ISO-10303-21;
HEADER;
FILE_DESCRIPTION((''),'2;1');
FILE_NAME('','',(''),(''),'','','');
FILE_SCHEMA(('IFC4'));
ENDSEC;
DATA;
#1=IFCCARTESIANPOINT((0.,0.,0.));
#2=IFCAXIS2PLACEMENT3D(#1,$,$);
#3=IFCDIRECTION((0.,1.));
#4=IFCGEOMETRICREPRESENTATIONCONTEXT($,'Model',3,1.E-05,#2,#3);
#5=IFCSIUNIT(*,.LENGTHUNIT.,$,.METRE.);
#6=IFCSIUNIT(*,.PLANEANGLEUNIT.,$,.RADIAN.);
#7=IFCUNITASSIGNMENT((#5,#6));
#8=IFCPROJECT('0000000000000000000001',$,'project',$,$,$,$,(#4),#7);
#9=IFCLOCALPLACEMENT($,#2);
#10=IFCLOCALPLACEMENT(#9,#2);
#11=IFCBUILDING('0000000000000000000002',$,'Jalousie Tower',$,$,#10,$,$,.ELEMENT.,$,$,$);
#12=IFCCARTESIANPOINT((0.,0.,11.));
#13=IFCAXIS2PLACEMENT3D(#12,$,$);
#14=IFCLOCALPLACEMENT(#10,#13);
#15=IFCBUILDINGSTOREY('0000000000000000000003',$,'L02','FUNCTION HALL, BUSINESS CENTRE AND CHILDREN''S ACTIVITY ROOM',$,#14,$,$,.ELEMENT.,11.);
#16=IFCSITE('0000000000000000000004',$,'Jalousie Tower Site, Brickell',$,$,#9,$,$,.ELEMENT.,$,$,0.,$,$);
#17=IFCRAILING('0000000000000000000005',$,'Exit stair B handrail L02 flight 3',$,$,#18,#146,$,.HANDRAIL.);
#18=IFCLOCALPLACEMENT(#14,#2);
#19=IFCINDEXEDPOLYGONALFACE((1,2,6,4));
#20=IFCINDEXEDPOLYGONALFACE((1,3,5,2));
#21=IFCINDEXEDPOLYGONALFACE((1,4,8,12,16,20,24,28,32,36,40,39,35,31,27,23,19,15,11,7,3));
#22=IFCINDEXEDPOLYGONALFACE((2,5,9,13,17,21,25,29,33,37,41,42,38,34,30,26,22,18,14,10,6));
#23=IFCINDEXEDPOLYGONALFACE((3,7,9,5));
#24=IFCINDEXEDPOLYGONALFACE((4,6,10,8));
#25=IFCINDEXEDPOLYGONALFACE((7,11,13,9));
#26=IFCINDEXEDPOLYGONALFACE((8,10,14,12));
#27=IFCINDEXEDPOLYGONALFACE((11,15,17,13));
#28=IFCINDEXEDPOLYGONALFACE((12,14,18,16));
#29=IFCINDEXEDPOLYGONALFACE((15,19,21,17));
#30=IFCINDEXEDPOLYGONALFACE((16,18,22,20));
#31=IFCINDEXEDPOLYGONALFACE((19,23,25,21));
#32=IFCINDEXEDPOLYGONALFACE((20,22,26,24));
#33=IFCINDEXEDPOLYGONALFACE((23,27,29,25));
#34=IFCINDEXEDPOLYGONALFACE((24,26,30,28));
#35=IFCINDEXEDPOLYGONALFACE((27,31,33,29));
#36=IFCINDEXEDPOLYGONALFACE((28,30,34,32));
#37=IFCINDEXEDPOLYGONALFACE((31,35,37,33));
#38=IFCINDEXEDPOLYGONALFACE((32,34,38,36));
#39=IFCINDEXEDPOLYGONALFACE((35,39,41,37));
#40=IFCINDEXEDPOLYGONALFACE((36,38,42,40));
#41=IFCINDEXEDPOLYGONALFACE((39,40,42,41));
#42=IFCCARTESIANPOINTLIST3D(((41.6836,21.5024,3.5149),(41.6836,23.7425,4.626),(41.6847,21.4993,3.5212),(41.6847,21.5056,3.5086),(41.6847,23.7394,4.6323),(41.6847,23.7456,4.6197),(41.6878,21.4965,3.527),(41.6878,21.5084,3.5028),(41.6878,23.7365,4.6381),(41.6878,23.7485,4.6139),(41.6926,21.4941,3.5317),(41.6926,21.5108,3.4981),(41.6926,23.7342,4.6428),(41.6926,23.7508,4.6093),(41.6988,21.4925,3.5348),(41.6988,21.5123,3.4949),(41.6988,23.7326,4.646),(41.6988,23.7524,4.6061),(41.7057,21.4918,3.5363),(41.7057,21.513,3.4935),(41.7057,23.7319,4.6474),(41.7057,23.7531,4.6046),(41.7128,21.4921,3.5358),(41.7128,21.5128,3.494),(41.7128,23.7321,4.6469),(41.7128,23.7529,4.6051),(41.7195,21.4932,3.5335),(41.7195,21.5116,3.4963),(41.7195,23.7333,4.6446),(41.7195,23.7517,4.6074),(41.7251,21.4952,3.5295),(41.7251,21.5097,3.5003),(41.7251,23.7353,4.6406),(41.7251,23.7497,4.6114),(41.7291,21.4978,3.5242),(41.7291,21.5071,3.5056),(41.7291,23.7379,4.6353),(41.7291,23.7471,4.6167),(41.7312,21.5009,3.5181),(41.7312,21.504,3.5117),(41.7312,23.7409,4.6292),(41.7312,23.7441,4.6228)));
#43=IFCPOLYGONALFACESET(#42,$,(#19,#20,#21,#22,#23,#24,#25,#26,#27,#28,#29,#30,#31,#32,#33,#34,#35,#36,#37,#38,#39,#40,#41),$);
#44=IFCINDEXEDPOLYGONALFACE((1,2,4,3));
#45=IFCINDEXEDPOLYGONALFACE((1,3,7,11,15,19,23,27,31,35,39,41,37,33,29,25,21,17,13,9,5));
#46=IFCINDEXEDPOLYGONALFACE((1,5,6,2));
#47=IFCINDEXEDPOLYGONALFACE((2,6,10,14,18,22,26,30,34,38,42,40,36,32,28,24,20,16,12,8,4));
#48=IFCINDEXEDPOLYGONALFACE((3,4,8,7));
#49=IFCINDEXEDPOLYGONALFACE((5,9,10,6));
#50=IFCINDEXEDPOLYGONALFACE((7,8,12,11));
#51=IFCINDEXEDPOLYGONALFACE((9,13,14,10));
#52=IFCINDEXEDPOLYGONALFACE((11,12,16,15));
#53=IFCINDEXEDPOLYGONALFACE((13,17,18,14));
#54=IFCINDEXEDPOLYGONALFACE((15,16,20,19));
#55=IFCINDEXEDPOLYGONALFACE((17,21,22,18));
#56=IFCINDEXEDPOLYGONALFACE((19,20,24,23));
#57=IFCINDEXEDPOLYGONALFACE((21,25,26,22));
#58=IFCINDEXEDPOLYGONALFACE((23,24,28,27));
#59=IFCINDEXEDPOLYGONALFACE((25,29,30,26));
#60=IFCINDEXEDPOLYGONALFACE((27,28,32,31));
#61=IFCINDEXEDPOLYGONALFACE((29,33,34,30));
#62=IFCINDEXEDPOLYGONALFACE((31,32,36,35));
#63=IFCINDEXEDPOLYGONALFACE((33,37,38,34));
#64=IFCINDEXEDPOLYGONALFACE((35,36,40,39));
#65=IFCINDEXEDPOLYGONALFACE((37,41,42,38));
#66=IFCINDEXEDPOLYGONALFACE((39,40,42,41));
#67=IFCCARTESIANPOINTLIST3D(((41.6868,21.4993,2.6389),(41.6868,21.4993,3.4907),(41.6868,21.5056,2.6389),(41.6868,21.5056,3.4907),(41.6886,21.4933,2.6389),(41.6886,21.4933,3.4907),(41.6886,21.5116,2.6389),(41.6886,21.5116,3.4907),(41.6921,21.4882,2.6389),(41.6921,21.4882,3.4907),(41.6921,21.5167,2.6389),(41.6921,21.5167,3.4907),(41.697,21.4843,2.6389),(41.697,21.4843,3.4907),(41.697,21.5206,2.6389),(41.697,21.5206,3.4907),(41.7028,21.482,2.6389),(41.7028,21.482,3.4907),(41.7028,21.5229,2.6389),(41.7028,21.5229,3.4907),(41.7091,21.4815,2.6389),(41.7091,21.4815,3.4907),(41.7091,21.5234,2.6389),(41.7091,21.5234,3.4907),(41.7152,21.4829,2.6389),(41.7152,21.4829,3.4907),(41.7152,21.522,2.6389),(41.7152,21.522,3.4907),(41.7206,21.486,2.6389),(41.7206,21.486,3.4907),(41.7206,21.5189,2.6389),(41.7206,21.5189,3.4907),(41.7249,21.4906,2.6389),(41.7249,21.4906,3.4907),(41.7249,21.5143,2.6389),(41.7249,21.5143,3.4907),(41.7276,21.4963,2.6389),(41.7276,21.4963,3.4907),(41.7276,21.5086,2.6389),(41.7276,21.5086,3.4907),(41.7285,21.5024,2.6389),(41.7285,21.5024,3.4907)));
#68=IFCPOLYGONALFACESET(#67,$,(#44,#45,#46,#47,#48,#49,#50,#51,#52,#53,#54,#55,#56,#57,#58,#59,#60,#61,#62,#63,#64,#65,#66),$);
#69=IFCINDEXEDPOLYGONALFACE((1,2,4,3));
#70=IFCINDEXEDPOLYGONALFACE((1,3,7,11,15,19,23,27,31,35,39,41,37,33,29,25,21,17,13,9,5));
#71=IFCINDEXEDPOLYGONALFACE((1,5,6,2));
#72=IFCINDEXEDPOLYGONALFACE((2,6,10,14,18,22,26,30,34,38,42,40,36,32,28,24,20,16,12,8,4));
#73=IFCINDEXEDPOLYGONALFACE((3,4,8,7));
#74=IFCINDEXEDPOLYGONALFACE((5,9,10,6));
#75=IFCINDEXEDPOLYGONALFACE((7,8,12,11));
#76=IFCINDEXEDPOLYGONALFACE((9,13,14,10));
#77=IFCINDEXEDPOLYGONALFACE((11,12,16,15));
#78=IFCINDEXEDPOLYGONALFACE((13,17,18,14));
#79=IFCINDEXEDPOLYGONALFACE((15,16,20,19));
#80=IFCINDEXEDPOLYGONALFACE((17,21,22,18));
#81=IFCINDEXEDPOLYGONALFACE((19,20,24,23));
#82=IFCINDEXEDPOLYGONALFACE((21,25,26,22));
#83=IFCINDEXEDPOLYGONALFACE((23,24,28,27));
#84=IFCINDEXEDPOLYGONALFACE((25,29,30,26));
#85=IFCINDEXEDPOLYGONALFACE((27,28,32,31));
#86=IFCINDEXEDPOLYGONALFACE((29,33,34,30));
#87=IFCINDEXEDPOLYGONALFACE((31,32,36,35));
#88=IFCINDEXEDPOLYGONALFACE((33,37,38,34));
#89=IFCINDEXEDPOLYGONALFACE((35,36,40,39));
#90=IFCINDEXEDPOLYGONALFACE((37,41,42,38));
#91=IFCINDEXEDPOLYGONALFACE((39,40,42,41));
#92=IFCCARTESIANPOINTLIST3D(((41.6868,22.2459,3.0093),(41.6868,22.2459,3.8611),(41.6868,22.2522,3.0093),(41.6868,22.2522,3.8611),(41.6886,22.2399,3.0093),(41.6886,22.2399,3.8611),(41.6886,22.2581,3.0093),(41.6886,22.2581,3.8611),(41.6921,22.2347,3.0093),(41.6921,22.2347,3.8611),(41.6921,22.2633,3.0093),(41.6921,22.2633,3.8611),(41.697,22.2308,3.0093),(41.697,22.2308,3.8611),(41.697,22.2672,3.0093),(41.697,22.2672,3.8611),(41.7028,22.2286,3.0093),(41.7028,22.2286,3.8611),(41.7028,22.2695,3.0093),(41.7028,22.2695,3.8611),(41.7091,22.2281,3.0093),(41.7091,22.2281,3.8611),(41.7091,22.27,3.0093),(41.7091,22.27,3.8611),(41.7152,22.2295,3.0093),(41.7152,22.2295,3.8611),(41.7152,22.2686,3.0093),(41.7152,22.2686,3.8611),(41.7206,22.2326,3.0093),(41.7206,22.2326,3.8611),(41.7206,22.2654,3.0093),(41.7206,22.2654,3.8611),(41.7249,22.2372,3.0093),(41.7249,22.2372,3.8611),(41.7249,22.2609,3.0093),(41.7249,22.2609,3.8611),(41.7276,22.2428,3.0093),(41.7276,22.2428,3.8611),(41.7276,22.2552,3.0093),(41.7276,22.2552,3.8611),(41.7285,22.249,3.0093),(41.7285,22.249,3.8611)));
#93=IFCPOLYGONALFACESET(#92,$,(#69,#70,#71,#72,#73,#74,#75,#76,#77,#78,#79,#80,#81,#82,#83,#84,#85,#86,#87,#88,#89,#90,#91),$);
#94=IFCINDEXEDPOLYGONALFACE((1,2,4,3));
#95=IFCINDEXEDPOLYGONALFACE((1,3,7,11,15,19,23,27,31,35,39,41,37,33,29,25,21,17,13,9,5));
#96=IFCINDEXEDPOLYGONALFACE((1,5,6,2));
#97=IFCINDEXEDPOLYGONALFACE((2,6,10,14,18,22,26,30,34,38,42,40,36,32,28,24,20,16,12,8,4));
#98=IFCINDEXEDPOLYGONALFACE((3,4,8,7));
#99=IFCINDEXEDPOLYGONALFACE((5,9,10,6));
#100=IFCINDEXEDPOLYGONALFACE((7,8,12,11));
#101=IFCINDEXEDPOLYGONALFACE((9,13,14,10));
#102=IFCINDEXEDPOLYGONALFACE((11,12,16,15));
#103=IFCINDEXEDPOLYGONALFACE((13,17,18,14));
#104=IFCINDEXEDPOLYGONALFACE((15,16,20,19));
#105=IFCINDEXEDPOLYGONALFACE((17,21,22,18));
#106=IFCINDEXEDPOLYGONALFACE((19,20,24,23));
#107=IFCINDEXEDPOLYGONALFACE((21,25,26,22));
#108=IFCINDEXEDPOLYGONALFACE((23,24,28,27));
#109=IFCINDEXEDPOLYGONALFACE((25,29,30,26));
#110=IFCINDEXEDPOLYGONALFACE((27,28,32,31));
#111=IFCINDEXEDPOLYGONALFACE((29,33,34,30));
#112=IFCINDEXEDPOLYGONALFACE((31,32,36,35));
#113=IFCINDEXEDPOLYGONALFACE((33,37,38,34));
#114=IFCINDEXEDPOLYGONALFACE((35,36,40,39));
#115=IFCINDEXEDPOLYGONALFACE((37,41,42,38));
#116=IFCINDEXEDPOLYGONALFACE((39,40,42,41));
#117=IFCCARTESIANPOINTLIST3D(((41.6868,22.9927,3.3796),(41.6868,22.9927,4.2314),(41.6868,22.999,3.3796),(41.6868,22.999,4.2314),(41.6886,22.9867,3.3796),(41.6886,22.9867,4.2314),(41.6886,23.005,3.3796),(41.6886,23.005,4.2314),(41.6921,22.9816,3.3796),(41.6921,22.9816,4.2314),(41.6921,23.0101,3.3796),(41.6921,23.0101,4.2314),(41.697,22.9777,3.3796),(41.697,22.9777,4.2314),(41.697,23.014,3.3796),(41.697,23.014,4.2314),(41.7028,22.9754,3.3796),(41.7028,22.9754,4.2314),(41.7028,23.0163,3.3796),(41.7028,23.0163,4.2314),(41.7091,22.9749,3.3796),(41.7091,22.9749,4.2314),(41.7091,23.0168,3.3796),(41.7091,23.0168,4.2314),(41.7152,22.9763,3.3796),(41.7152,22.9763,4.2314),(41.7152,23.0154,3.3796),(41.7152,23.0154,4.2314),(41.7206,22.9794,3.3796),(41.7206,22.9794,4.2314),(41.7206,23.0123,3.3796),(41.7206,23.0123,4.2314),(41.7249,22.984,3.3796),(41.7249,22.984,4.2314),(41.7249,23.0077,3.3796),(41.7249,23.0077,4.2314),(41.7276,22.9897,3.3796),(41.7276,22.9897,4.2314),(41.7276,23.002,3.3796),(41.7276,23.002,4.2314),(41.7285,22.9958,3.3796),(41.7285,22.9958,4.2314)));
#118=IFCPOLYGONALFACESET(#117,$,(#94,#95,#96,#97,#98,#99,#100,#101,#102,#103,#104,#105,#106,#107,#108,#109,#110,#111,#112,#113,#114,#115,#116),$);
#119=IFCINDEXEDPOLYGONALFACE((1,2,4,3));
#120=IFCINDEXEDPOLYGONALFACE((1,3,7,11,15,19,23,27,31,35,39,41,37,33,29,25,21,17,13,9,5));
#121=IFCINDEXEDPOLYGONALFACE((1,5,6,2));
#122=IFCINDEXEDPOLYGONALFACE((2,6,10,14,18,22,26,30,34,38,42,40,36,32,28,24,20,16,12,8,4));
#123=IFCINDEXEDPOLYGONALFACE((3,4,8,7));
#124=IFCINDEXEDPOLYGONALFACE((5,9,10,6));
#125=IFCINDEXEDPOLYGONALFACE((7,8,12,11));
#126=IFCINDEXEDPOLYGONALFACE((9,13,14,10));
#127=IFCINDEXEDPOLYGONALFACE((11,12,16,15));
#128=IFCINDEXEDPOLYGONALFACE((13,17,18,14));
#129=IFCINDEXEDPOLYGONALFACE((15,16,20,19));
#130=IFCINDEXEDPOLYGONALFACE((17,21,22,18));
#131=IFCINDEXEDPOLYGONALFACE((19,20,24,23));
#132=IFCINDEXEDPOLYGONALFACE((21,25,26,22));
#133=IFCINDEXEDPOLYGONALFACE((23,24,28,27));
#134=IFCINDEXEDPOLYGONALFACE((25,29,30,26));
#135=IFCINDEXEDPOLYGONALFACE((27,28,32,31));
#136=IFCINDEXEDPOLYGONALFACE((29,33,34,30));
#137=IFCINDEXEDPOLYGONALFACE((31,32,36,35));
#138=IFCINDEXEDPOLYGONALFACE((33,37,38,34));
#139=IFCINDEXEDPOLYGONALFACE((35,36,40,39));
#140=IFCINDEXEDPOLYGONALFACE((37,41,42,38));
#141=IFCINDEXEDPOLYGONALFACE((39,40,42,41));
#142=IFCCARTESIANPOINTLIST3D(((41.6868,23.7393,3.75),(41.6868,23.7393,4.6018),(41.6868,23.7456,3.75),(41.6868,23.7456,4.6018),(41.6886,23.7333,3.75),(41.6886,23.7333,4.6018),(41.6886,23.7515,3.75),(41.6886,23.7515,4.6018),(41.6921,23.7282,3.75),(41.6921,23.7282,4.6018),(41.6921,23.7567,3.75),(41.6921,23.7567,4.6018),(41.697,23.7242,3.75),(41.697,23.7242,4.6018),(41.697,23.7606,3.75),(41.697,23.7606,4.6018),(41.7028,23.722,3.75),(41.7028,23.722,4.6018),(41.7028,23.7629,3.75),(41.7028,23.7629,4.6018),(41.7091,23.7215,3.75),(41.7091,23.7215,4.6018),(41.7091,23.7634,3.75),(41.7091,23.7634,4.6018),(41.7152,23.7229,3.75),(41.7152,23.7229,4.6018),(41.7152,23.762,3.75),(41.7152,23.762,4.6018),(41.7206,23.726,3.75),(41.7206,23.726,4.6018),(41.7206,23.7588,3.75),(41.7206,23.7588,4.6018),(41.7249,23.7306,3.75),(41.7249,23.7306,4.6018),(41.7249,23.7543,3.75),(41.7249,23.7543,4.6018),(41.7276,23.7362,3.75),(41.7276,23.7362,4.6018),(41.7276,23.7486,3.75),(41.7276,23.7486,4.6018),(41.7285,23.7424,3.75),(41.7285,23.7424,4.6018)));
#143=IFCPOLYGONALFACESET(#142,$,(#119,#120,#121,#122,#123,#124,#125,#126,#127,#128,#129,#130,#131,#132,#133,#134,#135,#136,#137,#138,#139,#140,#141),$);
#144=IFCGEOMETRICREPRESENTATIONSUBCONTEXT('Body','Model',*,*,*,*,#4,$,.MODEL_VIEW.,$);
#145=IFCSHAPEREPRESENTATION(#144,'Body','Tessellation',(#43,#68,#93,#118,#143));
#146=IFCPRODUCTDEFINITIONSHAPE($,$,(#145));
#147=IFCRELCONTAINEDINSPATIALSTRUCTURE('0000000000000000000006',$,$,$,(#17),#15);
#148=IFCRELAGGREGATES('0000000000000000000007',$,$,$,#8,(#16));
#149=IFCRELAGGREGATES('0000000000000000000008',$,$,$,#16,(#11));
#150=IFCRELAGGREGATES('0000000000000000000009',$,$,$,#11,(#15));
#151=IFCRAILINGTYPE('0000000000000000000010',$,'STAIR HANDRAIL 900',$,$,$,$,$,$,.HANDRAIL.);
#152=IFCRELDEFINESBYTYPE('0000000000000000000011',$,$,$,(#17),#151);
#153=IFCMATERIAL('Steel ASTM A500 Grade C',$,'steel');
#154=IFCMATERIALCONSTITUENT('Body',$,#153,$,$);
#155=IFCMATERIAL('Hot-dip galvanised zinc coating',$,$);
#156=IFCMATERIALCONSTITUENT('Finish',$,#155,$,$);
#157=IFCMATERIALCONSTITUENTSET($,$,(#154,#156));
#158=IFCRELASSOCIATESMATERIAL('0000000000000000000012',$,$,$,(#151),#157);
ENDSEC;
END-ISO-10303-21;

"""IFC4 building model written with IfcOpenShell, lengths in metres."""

from ifc_helpers import new_model, si_unit, direction, frame, origin, origin_2d, place, context, subcontext, project, spatial, circle, extrude, material, constituent, constituent_set, type_object, element, save


model = new_model("IFC4")

# Units and contexts
model_context = context("Model", 3, precision=1e-05, world=origin(), true_north=direction((0.0, 1.0)))
body_context = subcontext(model_context, "Body", "Model", "MODEL_VIEW")
ifc_project = project(units=[si_unit("LENGTHUNIT", "METRE"), si_unit("PLANEANGLEUNIT", "RADIAN")], contexts=[model_context])

# Site, building, storey
site_placement = place(None, origin())
site = spatial("IfcSite", under=ifc_project, at=site_placement, Name="Jalousie Tower Site, Brickell", CompositionType="ELEMENT", RefElevation=0.0)
building_placement = place(site_placement, origin())
building = spatial("IfcBuilding", under=site, at=building_placement, Name="Jalousie Tower", CompositionType="ELEMENT")
storey_placement = place(building_placement, frame((0.0, 0.0, 11.0)))
storey = spatial("IfcBuildingStorey", under=building, at=storey_placement, Name="L02", Description="FUNCTION HALL, BUSINESS CENTRE AND CHILDREN'S ACTIVITY ROOM", CompositionType="ELEMENT", Elevation=11.0)

# Railing
ifc_material_1 = material(Name="Steel ASTM A500 Grade C", Category="steel")
ifc_constituent_1 = constituent(ifc_material_1, Name="Body")
ifc_material_2 = material(Name="Hot-dip galvanised zinc coating")
ifc_constituent_2 = constituent(ifc_material_2, Name="Finish")
ifc_constituent_set_1 = constituent_set(constituents=[ifc_constituent_1, ifc_constituent_2])
railing_type_1 = type_object("IfcRailingType", Name="STAIR HANDRAIL 900", PredefinedType="HANDRAIL", material=ifc_constituent_set_1)
for number, where, name in (
    (1, (41.7075, 21.5024, 2.6389), "Exit stair B handrail L02 flight 3"),
):
    element("IfcRailing", number, at=place(storey_placement, frame(where)), inside=storey, type_object=railing_type_1, Name=name, PredefinedType="HANDRAIL", context=body_context, shape_type="SweptSolid", body=[
        extrude(circle(Radius=0.0239, at=origin_2d()), frame((0.0, 0.0, 0.876), z_axis=(0.0, 0.895848, 0.44436), x_axis=(-1.0, 0.0, 0.0)), (0.0, 0.0, 1.0), 2.5005),
        extrude(circle(Radius=0.021, at=origin_2d()), origin(), (0.0, 0.0, 1.0), 0.8518),
        extrude(circle(Radius=0.021, at=origin_2d()), frame((0.0, 0.7466, 0.3704)), (0.0, 0.0, 1.0), 0.8518),
        extrude(circle(Radius=0.021, at=origin_2d()), frame((0.0, 1.4934, 0.7407)), (0.0, 0.0, 1.0), 0.8518),
        extrude(circle(Radius=0.021, at=origin_2d()), frame((0.0, 2.24, 1.1111)), (0.0, 0.0, 1.0), 0.8518),
    ])

save(model, "model.ifc")
